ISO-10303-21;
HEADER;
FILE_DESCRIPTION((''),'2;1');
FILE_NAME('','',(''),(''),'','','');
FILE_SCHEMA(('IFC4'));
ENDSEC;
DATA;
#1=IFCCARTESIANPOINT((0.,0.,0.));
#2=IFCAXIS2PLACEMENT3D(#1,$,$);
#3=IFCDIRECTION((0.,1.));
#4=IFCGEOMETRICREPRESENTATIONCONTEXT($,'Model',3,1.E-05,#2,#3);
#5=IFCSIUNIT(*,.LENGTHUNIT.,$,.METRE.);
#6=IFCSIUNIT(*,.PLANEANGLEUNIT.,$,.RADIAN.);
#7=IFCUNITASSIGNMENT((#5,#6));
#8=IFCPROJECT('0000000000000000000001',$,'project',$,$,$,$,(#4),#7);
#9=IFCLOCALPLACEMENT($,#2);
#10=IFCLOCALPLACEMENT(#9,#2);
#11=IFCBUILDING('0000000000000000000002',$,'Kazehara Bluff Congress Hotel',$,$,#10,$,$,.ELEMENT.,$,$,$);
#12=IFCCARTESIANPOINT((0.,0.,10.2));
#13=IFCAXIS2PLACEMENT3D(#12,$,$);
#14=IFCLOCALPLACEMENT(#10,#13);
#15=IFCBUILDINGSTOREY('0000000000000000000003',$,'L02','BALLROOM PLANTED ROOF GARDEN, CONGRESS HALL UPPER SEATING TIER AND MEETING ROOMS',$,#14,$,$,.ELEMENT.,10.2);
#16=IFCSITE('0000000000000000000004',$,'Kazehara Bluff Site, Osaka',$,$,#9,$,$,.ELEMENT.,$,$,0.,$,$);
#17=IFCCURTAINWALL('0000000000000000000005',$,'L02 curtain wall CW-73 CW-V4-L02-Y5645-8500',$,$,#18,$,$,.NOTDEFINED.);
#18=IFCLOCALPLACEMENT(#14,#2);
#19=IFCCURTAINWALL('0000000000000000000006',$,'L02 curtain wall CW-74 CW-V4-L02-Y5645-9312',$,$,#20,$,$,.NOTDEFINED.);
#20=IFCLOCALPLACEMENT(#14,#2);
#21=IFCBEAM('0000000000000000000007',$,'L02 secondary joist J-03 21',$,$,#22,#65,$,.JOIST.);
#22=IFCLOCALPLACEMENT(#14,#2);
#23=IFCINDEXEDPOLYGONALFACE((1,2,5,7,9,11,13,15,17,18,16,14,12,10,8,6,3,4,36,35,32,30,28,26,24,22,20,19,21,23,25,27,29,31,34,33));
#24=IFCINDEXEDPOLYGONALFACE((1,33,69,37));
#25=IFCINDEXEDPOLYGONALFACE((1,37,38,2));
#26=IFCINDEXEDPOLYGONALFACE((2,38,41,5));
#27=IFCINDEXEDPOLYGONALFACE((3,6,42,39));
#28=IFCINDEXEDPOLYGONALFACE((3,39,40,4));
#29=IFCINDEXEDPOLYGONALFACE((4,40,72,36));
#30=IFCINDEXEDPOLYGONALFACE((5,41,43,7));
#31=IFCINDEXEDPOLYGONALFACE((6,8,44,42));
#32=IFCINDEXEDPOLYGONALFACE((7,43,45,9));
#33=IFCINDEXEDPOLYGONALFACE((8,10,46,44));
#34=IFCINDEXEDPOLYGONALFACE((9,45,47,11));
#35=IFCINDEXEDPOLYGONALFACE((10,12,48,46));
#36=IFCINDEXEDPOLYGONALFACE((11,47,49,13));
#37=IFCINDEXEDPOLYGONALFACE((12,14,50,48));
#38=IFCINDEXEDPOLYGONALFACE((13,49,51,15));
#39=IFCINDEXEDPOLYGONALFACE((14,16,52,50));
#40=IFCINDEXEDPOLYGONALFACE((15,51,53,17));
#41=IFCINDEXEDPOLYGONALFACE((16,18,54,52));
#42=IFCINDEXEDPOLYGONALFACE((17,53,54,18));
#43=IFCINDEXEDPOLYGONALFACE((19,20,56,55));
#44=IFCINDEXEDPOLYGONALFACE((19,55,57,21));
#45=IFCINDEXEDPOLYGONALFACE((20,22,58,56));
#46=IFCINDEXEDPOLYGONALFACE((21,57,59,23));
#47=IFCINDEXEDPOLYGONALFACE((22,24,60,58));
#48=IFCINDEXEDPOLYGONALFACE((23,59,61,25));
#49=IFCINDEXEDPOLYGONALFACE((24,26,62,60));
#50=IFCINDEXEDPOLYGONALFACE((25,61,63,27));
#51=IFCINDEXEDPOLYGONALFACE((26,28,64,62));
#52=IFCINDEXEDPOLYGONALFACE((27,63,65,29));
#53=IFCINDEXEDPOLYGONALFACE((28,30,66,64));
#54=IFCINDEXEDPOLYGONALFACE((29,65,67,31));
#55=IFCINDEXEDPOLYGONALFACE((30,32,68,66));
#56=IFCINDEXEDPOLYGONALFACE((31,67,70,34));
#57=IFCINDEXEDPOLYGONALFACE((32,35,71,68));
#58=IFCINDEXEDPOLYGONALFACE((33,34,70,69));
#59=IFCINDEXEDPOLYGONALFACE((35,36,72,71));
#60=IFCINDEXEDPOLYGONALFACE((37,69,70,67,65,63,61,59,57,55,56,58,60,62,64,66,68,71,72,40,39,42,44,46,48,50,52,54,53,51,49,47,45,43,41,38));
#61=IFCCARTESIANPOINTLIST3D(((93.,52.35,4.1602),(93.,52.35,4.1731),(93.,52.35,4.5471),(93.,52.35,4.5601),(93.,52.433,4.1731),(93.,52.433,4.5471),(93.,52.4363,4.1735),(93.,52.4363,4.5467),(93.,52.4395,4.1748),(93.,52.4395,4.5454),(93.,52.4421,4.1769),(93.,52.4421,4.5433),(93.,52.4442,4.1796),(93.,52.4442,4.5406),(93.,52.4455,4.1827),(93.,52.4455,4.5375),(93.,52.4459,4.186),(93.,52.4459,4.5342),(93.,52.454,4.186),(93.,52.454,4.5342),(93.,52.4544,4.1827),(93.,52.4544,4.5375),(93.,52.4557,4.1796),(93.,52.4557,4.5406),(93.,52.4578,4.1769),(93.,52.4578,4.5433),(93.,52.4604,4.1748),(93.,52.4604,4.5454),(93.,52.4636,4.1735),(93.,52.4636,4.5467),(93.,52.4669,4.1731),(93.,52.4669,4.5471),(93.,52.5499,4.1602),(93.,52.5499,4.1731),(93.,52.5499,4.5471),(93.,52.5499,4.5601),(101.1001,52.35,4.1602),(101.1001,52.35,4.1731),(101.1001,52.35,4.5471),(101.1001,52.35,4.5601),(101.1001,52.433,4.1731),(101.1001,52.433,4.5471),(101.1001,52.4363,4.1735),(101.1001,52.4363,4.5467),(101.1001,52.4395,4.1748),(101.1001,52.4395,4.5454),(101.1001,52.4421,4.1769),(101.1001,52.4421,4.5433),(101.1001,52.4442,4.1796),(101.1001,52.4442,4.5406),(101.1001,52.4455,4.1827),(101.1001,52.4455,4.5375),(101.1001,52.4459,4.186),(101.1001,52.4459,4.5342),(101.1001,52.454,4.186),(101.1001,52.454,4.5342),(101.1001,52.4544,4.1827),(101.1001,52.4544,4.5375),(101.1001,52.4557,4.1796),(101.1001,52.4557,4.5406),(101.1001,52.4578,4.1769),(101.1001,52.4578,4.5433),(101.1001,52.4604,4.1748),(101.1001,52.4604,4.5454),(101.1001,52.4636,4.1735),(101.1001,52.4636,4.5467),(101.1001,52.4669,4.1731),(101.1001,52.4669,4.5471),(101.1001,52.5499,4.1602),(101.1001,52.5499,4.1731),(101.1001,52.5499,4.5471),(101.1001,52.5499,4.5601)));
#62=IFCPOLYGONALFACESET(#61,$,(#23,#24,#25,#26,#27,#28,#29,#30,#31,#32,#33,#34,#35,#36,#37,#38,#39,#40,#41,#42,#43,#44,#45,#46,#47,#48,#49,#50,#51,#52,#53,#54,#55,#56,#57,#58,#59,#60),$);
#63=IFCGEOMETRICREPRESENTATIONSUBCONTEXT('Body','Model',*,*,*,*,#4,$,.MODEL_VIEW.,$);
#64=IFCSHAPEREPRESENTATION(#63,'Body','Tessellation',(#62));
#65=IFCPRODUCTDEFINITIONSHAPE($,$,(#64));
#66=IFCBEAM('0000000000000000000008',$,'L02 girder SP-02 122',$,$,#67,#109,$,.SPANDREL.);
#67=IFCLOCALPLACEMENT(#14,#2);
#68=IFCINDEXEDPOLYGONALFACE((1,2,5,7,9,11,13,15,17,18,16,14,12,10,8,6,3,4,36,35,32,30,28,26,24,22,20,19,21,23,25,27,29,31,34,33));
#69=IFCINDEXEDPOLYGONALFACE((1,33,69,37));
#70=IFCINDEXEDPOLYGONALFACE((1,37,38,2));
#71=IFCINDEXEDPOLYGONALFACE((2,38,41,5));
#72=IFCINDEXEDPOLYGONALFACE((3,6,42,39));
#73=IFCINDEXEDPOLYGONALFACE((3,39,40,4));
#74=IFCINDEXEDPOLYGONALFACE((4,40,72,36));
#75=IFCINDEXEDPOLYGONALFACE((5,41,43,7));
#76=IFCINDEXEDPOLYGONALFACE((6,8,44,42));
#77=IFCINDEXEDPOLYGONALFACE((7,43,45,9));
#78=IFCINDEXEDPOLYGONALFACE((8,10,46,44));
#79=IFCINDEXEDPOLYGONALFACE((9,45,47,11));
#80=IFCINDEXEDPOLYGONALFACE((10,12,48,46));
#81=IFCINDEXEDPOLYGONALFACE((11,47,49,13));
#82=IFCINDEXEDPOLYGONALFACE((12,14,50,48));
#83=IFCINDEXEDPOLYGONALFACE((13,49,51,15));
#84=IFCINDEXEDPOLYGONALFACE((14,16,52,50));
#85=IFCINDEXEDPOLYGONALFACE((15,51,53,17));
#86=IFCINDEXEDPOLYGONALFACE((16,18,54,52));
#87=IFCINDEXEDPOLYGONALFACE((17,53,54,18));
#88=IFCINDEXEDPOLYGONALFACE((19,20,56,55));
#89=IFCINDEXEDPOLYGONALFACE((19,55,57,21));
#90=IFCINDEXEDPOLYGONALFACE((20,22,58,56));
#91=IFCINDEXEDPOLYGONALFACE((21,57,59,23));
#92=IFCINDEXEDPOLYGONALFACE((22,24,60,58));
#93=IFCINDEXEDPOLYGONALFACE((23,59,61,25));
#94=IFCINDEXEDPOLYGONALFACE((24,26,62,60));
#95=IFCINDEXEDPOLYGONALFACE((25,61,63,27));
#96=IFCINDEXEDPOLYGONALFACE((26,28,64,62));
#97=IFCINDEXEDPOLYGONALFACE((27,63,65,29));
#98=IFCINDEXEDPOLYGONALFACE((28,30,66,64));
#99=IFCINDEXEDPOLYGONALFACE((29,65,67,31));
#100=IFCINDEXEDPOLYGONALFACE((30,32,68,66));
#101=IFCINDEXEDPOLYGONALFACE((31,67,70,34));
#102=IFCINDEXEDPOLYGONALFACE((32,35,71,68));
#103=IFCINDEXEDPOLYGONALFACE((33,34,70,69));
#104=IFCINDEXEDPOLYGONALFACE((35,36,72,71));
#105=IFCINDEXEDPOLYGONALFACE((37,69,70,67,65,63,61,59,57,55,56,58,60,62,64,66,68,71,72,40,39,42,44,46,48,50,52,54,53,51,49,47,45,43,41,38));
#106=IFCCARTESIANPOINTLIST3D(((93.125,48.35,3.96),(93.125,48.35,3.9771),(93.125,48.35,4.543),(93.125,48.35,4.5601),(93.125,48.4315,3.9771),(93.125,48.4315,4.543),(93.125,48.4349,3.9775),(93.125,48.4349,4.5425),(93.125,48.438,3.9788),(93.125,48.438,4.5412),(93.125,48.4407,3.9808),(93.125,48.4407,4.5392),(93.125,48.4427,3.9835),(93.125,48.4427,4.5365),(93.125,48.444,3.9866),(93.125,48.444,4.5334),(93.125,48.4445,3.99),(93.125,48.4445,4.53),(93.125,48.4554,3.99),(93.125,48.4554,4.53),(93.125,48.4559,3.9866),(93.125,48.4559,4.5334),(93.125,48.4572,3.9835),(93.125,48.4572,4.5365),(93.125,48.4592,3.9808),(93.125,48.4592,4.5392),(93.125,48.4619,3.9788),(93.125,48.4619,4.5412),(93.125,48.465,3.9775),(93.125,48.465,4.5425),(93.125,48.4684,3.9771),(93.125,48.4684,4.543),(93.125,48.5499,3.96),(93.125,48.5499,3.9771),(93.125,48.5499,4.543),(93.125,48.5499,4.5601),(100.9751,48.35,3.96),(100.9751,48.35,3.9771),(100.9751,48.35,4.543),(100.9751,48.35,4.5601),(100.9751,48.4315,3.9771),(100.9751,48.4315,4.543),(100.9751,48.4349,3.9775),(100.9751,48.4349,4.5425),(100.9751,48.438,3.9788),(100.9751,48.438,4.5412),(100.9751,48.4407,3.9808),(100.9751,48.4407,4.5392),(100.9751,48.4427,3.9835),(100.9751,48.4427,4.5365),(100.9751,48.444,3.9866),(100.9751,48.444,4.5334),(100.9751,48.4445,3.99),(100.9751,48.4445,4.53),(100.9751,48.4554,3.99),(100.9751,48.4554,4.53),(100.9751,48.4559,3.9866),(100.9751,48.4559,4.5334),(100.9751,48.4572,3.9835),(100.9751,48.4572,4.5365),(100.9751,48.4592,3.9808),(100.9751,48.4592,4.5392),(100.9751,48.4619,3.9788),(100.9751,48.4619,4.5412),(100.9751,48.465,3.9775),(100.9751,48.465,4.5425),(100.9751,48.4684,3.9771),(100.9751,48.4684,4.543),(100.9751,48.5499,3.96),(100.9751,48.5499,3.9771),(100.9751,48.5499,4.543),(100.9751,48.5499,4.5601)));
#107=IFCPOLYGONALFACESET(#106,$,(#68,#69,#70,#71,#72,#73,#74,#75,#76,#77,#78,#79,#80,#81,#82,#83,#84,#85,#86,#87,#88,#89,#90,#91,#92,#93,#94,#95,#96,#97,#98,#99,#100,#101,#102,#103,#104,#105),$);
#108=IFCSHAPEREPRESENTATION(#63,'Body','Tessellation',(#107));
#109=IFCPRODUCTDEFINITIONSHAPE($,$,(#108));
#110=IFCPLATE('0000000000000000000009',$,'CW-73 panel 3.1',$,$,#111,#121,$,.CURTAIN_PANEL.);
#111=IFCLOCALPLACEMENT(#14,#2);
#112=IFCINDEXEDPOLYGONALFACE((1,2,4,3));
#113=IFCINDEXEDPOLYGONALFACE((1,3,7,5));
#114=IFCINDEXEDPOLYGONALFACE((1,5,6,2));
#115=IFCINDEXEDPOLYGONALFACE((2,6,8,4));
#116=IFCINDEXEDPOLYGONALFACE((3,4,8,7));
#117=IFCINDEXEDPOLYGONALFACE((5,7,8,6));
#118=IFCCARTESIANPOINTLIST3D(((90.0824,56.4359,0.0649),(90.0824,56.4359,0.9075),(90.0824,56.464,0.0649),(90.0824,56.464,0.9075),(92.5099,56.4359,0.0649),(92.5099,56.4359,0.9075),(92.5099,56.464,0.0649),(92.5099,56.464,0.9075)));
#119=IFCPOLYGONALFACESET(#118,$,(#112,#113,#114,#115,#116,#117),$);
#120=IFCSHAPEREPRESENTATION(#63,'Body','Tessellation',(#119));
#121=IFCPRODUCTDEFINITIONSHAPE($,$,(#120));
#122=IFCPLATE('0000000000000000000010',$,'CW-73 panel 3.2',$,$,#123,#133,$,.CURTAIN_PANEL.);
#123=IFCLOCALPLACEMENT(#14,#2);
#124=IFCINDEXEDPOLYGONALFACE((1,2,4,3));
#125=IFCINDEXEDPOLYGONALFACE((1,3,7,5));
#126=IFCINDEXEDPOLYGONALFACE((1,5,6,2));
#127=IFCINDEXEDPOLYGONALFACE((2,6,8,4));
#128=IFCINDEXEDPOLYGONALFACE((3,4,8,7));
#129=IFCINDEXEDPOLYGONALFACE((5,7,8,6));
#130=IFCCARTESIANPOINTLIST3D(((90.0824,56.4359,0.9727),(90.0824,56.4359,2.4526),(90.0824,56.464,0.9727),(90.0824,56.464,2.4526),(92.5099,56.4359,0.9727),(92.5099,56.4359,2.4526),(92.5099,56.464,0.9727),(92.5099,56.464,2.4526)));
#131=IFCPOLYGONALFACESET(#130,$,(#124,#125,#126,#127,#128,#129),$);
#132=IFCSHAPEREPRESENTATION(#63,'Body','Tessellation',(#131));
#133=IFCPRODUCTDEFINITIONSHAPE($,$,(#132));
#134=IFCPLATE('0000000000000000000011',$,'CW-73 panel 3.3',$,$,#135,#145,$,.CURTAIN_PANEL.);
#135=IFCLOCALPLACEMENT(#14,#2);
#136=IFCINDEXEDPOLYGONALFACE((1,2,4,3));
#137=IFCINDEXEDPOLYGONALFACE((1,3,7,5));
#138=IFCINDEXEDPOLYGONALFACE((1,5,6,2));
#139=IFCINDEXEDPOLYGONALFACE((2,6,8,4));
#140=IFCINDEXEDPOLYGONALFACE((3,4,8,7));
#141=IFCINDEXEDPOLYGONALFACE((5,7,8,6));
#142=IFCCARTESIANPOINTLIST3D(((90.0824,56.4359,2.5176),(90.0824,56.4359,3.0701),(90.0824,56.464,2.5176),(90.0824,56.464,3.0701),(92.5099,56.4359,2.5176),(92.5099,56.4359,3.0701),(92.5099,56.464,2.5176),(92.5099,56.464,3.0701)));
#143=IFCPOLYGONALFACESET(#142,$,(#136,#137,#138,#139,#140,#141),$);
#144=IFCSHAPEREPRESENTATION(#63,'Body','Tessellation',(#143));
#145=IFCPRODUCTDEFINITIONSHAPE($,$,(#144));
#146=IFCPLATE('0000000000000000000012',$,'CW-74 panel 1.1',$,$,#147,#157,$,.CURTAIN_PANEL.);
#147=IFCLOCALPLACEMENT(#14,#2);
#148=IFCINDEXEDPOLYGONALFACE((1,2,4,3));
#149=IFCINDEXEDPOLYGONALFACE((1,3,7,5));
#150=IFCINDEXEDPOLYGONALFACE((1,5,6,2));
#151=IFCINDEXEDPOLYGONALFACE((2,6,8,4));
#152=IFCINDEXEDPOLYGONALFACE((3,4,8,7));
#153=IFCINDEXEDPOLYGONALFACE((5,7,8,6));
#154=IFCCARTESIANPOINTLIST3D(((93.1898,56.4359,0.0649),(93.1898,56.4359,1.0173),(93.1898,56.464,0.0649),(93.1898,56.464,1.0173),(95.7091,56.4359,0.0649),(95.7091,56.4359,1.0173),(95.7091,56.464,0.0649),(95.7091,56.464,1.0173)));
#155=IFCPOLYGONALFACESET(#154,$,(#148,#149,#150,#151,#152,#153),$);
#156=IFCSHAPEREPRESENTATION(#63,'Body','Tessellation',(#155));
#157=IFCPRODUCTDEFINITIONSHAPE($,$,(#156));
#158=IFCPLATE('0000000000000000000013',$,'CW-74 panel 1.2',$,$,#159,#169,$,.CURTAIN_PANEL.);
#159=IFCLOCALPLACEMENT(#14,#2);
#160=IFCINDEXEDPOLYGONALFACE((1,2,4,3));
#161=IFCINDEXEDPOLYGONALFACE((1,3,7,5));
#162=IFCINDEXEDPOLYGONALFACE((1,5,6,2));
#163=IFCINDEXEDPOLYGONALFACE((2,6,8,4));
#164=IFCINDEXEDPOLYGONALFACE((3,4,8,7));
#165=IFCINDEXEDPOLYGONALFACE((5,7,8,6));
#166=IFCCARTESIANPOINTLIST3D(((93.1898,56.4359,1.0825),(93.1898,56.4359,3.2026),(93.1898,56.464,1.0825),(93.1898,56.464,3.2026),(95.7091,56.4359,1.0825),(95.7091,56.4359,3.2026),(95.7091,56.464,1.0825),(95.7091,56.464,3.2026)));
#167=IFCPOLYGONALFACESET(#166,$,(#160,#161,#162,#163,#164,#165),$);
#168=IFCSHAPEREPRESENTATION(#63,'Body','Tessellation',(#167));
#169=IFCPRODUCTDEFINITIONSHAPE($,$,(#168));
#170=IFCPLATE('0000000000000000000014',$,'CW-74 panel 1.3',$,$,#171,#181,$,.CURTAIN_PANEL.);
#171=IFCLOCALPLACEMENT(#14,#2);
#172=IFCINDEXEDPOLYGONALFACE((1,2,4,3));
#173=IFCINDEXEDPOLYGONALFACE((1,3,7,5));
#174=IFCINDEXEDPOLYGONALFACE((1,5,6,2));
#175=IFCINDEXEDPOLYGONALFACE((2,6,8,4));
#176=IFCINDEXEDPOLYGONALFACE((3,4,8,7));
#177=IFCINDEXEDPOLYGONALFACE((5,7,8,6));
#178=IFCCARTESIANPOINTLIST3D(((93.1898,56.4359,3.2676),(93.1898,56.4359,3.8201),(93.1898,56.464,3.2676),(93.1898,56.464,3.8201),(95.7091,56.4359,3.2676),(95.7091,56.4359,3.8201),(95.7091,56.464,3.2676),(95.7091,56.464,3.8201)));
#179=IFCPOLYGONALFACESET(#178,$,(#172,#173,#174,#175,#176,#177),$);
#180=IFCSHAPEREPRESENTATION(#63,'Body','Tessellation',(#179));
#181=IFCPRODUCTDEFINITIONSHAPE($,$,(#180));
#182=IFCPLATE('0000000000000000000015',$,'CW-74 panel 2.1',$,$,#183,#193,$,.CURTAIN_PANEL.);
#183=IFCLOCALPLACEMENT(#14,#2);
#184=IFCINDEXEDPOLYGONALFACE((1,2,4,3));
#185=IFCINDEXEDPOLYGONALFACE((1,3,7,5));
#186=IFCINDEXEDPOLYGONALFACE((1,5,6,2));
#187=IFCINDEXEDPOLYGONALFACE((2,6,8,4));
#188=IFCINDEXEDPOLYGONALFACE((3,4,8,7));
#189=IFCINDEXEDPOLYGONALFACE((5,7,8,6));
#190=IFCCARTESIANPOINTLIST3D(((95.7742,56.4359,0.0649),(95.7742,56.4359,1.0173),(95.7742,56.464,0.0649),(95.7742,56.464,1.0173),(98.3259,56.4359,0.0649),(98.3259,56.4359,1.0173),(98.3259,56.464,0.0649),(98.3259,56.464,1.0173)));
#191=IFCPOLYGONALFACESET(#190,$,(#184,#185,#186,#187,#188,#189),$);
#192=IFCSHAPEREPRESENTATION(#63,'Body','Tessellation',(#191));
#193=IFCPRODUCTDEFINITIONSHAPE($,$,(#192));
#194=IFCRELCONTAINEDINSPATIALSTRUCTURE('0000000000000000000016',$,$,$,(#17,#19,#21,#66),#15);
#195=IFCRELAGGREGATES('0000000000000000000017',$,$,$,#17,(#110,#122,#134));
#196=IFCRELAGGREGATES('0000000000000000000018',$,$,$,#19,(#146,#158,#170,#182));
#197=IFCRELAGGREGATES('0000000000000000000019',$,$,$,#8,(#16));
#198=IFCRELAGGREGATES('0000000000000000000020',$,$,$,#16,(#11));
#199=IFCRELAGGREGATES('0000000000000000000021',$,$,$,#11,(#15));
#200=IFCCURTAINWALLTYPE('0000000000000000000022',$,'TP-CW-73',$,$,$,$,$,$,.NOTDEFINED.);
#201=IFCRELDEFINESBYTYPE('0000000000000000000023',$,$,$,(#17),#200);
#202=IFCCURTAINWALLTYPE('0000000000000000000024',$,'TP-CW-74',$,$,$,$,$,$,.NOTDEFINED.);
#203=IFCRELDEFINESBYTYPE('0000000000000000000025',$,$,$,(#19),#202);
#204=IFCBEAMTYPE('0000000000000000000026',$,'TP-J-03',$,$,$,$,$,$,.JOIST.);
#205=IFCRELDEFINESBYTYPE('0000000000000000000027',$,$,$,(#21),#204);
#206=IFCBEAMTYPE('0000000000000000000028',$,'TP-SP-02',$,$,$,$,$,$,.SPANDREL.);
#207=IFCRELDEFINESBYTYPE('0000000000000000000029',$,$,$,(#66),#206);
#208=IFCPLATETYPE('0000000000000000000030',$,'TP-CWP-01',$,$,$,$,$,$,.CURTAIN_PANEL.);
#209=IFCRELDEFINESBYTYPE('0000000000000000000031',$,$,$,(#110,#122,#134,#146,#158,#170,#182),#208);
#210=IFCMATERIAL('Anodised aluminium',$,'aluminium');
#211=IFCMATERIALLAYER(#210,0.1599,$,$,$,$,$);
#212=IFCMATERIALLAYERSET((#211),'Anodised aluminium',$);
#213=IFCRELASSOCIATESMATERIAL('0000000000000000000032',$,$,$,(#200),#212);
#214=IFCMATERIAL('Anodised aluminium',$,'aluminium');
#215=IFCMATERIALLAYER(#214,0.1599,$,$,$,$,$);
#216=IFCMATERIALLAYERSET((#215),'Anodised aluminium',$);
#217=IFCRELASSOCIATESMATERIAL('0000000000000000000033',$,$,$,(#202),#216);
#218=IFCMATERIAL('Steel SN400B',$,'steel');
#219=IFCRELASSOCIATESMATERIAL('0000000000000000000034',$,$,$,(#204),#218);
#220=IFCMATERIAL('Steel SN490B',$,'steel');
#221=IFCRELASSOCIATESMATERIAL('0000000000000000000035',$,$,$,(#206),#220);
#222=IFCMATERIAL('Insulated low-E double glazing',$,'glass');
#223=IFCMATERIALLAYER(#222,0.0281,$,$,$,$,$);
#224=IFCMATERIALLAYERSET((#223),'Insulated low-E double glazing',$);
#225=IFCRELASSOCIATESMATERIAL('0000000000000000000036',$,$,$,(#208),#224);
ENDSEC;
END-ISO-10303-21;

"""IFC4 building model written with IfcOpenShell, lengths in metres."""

from ifc_helpers import new_model, si_unit, direction, frame, origin, origin_2d, place, context, subcontext, project, spatial, rectangle, i_section, extrude, material, layer, layer_set, material_profile, profile_set, type_object, element, aggregate, save


model = new_model("IFC4")

# Units and contexts
model_context = context("Model", 3, precision=1e-05, world=origin(), true_north=direction((0.0, 1.0)))
body_context = subcontext(model_context, "Body", "Model", "MODEL_VIEW")
ifc_project = project(units=[si_unit("LENGTHUNIT", "METRE"), si_unit("PLANEANGLEUNIT", "RADIAN")], contexts=[model_context])

# Site, building, storey
site_placement = place(None, origin())
site = spatial("IfcSite", under=ifc_project, at=site_placement, Name="Kazehara Bluff Site, Osaka", CompositionType="ELEMENT", RefElevation=0.0)
building_placement = place(site_placement, origin())
building = spatial("IfcBuilding", under=site, at=building_placement, Name="Kazehara Bluff Congress Hotel", CompositionType="ELEMENT")
storey_placement = place(building_placement, frame((0.0, 0.0, 10.2)))
storey = spatial("IfcBuildingStorey", under=building, at=storey_placement, Name="L02", Description="BALLROOM PLANTED ROOF GARDEN, CONGRESS HALL UPPER SEATING TIER AND MEETING ROOMS", CompositionType="ELEMENT", Elevation=10.2)

# Curtain wall
ifc_material_1 = material(Name="Anodised aluminium", Category="aluminium")
ifc_layer_1 = layer(ifc_material_1, 0.1599)
ifc_layer_set_1 = layer_set([ifc_layer_1], Name="Anodised aluminium")
curtain_wall_type_1 = type_object("IfcCurtainWallType", Name="TP-CW-73", PredefinedType="NOTDEFINED", material=ifc_layer_set_1)
curtain_wall_1_placement = place(storey_placement, origin())
curtain_wall_1 = element("IfcCurtainWall", 1, at=curtain_wall_1_placement, inside=storey, type_object=curtain_wall_type_1, Name="L02 curtain wall CW-73 CW-V4-L02-Y5645-8500", PredefinedType="NOTDEFINED")

# Curtain wall
ifc_material_2 = material(Name="Anodised aluminium", Category="aluminium")
ifc_layer_2 = layer(ifc_material_2, 0.1599)
ifc_layer_set_2 = layer_set([ifc_layer_2], Name="Anodised aluminium")
curtain_wall_type_2 = type_object("IfcCurtainWallType", Name="TP-CW-74", PredefinedType="NOTDEFINED", material=ifc_layer_set_2)
curtain_wall_2_placement = place(storey_placement, origin())
curtain_wall_2 = element("IfcCurtainWall", 2, at=curtain_wall_2_placement, inside=storey, type_object=curtain_wall_type_2, Name="L02 curtain wall CW-74 CW-V4-L02-Y5645-9312", PredefinedType="NOTDEFINED")

# Beams
ifc_material_3 = material(Name="Steel SN400B", Category="steel")
ifc_material_profile_1 = material_profile(ifc_material_3, i_section(OverallWidth=0.2, OverallDepth=0.3999, WebThickness=0.0081, FlangeThickness=0.0129, FilletRadius=0.0129, at=origin_2d()))
ifc_profile_set_1 = profile_set([ifc_material_profile_1], Name="Steel SN400B")
beam_type_1 = type_object("IfcBeamType", Name="TP-J-03", PredefinedType="JOIST", material=ifc_profile_set_1)
beam_1_placement = place(storey_placement, frame((93.0, 52.45, 4.3601), z_axis=(1.0, 0.0, 0.0), x_axis=(0.0, 1.0, 0.0)))
element("IfcBeam", 3, at=beam_1_placement, inside=storey, type_object=beam_type_1, Name="L02 secondary joist J-03 21", PredefinedType="JOIST", context=body_context, shape_type="SweptSolid", body=[
    extrude(i_section(OverallWidth=0.2, OverallDepth=0.3999, WebThickness=0.0081, FlangeThickness=0.0129, FilletRadius=0.0129, at=origin_2d()), origin(), (0.0, 0.0, 1.0), 8.1001),
])
ifc_material_4 = material(Name="Steel SN490B", Category="steel")
ifc_material_profile_2 = material_profile(ifc_material_4, i_section(OverallWidth=0.2, OverallDepth=0.6001, WebThickness=0.011, FlangeThickness=0.0171, FilletRadius=0.0129, at=origin_2d()))
ifc_profile_set_2 = profile_set([ifc_material_profile_2], Name="Steel SN490B")
beam_type_2 = type_object("IfcBeamType", Name="TP-SP-02", PredefinedType="SPANDREL", material=ifc_profile_set_2)
beam_2_placement = place(storey_placement, frame((93.125, 48.45, 4.26), z_axis=(1.0, 0.0, 0.0), x_axis=(0.0, 1.0, 0.0)))
element("IfcBeam", 4, at=beam_2_placement, inside=storey, type_object=beam_type_2, Name="L02 girder SP-02 122", PredefinedType="SPANDREL", context=body_context, shape_type="SweptSolid", body=[
    extrude(i_section(OverallWidth=0.2, OverallDepth=0.6001, WebThickness=0.011, FlangeThickness=0.0171, FilletRadius=0.0129, at=origin_2d()), origin(), (0.0, 0.0, 1.0), 7.8501),
])

# Plates
ifc_material_5 = material(Name="Insulated low-E double glazing", Category="glass")
ifc_layer_3 = layer(ifc_material_5, 0.0281)
ifc_layer_set_3 = layer_set([ifc_layer_3], Name="Insulated low-E double glazing")
plate_type = type_object("IfcPlateType", Name="TP-CWP-01", PredefinedType="CURTAIN_PANEL", material=ifc_layer_set_3)
plate_1_placement = place(storey_placement, frame((91.2961, 56.45, 0.0649), z_axis=(0.0, 0.0, 1.0), x_axis=(1.0, 0.0, 0.0)))
plate_1 = element("IfcPlate", 5, at=plate_1_placement, type_object=plate_type, Name="CW-73 panel 3.1", PredefinedType="CURTAIN_PANEL", context=body_context, shape_type="SweptSolid", body=[
    extrude(rectangle(XDim=2.4275, YDim=0.0281, at=origin_2d()), origin(), (0.0, 0.0, 1.0), 0.8425),
])
plate_2_placement = place(storey_placement, frame((91.2961, 56.45, 0.9727), z_axis=(0.0, 0.0, 1.0), x_axis=(1.0, 0.0, 0.0)))
plate_2 = element("IfcPlate", 6, at=plate_2_placement, type_object=plate_type, Name="CW-73 panel 3.2", PredefinedType="CURTAIN_PANEL", context=body_context, shape_type="SweptSolid", body=[
    extrude(rectangle(XDim=2.4275, YDim=0.0281, at=origin_2d()), origin(), (0.0, 0.0, 1.0), 1.48),
])
plate_3_placement = place(storey_placement, frame((91.2961, 56.45, 2.5176), z_axis=(0.0, 0.0, 1.0), x_axis=(1.0, 0.0, 0.0)))
plate_3 = element("IfcPlate", 7, at=plate_3_placement, type_object=plate_type, Name="CW-73 panel 3.3", PredefinedType="CURTAIN_PANEL", context=body_context, shape_type="SweptSolid", body=[
    extrude(rectangle(XDim=2.4275, YDim=0.0281, at=origin_2d()), origin(), (0.0, 0.0, 1.0), 0.5525),
])
aggregate(curtain_wall_1, [plate_1, plate_2, plate_3])
plate_4_placement = place(storey_placement, frame((94.4495, 56.45, 0.0649), z_axis=(0.0, 0.0, 1.0), x_axis=(1.0, 0.0, 0.0)))
plate_4 = element("IfcPlate", 8, at=plate_4_placement, type_object=plate_type, Name="CW-74 panel 1.1", PredefinedType="CURTAIN_PANEL", context=body_context, shape_type="SweptSolid", body=[
    extrude(rectangle(XDim=2.5193, YDim=0.0281, at=origin_2d()), origin(), (0.0, 0.0, 1.0), 0.9524),
])
plate_5_placement = place(storey_placement, frame((94.4495, 56.45, 1.0825), z_axis=(0.0, 0.0, 1.0), x_axis=(1.0, 0.0, 0.0)))
plate_5 = element("IfcPlate", 9, at=plate_5_placement, type_object=plate_type, Name="CW-74 panel 1.2", PredefinedType="CURTAIN_PANEL", context=body_context, shape_type="SweptSolid", body=[
    extrude(rectangle(XDim=2.5193, YDim=0.0281, at=origin_2d()), origin(), (0.0, 0.0, 1.0), 2.1201),
])
plate_6_placement = place(storey_placement, frame((94.4495, 56.45, 3.2676), z_axis=(0.0, 0.0, 1.0), x_axis=(1.0, 0.0, 0.0)))
plate_6 = element("IfcPlate", 10, at=plate_6_placement, type_object=plate_type, Name="CW-74 panel 1.3", PredefinedType="CURTAIN_PANEL", context=body_context, shape_type="SweptSolid", body=[
    extrude(rectangle(XDim=2.5193, YDim=0.0281, at=origin_2d()), origin(), (0.0, 0.0, 1.0), 0.5525),
])
plate_7_placement = place(storey_placement, frame((97.05, 56.45, 0.0649), z_axis=(0.0, 0.0, 1.0), x_axis=(1.0, 0.0, 0.0)))
plate_7 = element("IfcPlate", 11, at=plate_7_placement, type_object=plate_type, Name="CW-74 panel 2.1", PredefinedType="CURTAIN_PANEL", context=body_context, shape_type="SweptSolid", body=[
    extrude(rectangle(XDim=2.5518, YDim=0.0281, at=origin_2d()), origin(), (0.0, 0.0, 1.0), 0.9524),
])
aggregate(curtain_wall_2, [plate_4, plate_5, plate_6, plate_7])

save(model, "model.ifc")
